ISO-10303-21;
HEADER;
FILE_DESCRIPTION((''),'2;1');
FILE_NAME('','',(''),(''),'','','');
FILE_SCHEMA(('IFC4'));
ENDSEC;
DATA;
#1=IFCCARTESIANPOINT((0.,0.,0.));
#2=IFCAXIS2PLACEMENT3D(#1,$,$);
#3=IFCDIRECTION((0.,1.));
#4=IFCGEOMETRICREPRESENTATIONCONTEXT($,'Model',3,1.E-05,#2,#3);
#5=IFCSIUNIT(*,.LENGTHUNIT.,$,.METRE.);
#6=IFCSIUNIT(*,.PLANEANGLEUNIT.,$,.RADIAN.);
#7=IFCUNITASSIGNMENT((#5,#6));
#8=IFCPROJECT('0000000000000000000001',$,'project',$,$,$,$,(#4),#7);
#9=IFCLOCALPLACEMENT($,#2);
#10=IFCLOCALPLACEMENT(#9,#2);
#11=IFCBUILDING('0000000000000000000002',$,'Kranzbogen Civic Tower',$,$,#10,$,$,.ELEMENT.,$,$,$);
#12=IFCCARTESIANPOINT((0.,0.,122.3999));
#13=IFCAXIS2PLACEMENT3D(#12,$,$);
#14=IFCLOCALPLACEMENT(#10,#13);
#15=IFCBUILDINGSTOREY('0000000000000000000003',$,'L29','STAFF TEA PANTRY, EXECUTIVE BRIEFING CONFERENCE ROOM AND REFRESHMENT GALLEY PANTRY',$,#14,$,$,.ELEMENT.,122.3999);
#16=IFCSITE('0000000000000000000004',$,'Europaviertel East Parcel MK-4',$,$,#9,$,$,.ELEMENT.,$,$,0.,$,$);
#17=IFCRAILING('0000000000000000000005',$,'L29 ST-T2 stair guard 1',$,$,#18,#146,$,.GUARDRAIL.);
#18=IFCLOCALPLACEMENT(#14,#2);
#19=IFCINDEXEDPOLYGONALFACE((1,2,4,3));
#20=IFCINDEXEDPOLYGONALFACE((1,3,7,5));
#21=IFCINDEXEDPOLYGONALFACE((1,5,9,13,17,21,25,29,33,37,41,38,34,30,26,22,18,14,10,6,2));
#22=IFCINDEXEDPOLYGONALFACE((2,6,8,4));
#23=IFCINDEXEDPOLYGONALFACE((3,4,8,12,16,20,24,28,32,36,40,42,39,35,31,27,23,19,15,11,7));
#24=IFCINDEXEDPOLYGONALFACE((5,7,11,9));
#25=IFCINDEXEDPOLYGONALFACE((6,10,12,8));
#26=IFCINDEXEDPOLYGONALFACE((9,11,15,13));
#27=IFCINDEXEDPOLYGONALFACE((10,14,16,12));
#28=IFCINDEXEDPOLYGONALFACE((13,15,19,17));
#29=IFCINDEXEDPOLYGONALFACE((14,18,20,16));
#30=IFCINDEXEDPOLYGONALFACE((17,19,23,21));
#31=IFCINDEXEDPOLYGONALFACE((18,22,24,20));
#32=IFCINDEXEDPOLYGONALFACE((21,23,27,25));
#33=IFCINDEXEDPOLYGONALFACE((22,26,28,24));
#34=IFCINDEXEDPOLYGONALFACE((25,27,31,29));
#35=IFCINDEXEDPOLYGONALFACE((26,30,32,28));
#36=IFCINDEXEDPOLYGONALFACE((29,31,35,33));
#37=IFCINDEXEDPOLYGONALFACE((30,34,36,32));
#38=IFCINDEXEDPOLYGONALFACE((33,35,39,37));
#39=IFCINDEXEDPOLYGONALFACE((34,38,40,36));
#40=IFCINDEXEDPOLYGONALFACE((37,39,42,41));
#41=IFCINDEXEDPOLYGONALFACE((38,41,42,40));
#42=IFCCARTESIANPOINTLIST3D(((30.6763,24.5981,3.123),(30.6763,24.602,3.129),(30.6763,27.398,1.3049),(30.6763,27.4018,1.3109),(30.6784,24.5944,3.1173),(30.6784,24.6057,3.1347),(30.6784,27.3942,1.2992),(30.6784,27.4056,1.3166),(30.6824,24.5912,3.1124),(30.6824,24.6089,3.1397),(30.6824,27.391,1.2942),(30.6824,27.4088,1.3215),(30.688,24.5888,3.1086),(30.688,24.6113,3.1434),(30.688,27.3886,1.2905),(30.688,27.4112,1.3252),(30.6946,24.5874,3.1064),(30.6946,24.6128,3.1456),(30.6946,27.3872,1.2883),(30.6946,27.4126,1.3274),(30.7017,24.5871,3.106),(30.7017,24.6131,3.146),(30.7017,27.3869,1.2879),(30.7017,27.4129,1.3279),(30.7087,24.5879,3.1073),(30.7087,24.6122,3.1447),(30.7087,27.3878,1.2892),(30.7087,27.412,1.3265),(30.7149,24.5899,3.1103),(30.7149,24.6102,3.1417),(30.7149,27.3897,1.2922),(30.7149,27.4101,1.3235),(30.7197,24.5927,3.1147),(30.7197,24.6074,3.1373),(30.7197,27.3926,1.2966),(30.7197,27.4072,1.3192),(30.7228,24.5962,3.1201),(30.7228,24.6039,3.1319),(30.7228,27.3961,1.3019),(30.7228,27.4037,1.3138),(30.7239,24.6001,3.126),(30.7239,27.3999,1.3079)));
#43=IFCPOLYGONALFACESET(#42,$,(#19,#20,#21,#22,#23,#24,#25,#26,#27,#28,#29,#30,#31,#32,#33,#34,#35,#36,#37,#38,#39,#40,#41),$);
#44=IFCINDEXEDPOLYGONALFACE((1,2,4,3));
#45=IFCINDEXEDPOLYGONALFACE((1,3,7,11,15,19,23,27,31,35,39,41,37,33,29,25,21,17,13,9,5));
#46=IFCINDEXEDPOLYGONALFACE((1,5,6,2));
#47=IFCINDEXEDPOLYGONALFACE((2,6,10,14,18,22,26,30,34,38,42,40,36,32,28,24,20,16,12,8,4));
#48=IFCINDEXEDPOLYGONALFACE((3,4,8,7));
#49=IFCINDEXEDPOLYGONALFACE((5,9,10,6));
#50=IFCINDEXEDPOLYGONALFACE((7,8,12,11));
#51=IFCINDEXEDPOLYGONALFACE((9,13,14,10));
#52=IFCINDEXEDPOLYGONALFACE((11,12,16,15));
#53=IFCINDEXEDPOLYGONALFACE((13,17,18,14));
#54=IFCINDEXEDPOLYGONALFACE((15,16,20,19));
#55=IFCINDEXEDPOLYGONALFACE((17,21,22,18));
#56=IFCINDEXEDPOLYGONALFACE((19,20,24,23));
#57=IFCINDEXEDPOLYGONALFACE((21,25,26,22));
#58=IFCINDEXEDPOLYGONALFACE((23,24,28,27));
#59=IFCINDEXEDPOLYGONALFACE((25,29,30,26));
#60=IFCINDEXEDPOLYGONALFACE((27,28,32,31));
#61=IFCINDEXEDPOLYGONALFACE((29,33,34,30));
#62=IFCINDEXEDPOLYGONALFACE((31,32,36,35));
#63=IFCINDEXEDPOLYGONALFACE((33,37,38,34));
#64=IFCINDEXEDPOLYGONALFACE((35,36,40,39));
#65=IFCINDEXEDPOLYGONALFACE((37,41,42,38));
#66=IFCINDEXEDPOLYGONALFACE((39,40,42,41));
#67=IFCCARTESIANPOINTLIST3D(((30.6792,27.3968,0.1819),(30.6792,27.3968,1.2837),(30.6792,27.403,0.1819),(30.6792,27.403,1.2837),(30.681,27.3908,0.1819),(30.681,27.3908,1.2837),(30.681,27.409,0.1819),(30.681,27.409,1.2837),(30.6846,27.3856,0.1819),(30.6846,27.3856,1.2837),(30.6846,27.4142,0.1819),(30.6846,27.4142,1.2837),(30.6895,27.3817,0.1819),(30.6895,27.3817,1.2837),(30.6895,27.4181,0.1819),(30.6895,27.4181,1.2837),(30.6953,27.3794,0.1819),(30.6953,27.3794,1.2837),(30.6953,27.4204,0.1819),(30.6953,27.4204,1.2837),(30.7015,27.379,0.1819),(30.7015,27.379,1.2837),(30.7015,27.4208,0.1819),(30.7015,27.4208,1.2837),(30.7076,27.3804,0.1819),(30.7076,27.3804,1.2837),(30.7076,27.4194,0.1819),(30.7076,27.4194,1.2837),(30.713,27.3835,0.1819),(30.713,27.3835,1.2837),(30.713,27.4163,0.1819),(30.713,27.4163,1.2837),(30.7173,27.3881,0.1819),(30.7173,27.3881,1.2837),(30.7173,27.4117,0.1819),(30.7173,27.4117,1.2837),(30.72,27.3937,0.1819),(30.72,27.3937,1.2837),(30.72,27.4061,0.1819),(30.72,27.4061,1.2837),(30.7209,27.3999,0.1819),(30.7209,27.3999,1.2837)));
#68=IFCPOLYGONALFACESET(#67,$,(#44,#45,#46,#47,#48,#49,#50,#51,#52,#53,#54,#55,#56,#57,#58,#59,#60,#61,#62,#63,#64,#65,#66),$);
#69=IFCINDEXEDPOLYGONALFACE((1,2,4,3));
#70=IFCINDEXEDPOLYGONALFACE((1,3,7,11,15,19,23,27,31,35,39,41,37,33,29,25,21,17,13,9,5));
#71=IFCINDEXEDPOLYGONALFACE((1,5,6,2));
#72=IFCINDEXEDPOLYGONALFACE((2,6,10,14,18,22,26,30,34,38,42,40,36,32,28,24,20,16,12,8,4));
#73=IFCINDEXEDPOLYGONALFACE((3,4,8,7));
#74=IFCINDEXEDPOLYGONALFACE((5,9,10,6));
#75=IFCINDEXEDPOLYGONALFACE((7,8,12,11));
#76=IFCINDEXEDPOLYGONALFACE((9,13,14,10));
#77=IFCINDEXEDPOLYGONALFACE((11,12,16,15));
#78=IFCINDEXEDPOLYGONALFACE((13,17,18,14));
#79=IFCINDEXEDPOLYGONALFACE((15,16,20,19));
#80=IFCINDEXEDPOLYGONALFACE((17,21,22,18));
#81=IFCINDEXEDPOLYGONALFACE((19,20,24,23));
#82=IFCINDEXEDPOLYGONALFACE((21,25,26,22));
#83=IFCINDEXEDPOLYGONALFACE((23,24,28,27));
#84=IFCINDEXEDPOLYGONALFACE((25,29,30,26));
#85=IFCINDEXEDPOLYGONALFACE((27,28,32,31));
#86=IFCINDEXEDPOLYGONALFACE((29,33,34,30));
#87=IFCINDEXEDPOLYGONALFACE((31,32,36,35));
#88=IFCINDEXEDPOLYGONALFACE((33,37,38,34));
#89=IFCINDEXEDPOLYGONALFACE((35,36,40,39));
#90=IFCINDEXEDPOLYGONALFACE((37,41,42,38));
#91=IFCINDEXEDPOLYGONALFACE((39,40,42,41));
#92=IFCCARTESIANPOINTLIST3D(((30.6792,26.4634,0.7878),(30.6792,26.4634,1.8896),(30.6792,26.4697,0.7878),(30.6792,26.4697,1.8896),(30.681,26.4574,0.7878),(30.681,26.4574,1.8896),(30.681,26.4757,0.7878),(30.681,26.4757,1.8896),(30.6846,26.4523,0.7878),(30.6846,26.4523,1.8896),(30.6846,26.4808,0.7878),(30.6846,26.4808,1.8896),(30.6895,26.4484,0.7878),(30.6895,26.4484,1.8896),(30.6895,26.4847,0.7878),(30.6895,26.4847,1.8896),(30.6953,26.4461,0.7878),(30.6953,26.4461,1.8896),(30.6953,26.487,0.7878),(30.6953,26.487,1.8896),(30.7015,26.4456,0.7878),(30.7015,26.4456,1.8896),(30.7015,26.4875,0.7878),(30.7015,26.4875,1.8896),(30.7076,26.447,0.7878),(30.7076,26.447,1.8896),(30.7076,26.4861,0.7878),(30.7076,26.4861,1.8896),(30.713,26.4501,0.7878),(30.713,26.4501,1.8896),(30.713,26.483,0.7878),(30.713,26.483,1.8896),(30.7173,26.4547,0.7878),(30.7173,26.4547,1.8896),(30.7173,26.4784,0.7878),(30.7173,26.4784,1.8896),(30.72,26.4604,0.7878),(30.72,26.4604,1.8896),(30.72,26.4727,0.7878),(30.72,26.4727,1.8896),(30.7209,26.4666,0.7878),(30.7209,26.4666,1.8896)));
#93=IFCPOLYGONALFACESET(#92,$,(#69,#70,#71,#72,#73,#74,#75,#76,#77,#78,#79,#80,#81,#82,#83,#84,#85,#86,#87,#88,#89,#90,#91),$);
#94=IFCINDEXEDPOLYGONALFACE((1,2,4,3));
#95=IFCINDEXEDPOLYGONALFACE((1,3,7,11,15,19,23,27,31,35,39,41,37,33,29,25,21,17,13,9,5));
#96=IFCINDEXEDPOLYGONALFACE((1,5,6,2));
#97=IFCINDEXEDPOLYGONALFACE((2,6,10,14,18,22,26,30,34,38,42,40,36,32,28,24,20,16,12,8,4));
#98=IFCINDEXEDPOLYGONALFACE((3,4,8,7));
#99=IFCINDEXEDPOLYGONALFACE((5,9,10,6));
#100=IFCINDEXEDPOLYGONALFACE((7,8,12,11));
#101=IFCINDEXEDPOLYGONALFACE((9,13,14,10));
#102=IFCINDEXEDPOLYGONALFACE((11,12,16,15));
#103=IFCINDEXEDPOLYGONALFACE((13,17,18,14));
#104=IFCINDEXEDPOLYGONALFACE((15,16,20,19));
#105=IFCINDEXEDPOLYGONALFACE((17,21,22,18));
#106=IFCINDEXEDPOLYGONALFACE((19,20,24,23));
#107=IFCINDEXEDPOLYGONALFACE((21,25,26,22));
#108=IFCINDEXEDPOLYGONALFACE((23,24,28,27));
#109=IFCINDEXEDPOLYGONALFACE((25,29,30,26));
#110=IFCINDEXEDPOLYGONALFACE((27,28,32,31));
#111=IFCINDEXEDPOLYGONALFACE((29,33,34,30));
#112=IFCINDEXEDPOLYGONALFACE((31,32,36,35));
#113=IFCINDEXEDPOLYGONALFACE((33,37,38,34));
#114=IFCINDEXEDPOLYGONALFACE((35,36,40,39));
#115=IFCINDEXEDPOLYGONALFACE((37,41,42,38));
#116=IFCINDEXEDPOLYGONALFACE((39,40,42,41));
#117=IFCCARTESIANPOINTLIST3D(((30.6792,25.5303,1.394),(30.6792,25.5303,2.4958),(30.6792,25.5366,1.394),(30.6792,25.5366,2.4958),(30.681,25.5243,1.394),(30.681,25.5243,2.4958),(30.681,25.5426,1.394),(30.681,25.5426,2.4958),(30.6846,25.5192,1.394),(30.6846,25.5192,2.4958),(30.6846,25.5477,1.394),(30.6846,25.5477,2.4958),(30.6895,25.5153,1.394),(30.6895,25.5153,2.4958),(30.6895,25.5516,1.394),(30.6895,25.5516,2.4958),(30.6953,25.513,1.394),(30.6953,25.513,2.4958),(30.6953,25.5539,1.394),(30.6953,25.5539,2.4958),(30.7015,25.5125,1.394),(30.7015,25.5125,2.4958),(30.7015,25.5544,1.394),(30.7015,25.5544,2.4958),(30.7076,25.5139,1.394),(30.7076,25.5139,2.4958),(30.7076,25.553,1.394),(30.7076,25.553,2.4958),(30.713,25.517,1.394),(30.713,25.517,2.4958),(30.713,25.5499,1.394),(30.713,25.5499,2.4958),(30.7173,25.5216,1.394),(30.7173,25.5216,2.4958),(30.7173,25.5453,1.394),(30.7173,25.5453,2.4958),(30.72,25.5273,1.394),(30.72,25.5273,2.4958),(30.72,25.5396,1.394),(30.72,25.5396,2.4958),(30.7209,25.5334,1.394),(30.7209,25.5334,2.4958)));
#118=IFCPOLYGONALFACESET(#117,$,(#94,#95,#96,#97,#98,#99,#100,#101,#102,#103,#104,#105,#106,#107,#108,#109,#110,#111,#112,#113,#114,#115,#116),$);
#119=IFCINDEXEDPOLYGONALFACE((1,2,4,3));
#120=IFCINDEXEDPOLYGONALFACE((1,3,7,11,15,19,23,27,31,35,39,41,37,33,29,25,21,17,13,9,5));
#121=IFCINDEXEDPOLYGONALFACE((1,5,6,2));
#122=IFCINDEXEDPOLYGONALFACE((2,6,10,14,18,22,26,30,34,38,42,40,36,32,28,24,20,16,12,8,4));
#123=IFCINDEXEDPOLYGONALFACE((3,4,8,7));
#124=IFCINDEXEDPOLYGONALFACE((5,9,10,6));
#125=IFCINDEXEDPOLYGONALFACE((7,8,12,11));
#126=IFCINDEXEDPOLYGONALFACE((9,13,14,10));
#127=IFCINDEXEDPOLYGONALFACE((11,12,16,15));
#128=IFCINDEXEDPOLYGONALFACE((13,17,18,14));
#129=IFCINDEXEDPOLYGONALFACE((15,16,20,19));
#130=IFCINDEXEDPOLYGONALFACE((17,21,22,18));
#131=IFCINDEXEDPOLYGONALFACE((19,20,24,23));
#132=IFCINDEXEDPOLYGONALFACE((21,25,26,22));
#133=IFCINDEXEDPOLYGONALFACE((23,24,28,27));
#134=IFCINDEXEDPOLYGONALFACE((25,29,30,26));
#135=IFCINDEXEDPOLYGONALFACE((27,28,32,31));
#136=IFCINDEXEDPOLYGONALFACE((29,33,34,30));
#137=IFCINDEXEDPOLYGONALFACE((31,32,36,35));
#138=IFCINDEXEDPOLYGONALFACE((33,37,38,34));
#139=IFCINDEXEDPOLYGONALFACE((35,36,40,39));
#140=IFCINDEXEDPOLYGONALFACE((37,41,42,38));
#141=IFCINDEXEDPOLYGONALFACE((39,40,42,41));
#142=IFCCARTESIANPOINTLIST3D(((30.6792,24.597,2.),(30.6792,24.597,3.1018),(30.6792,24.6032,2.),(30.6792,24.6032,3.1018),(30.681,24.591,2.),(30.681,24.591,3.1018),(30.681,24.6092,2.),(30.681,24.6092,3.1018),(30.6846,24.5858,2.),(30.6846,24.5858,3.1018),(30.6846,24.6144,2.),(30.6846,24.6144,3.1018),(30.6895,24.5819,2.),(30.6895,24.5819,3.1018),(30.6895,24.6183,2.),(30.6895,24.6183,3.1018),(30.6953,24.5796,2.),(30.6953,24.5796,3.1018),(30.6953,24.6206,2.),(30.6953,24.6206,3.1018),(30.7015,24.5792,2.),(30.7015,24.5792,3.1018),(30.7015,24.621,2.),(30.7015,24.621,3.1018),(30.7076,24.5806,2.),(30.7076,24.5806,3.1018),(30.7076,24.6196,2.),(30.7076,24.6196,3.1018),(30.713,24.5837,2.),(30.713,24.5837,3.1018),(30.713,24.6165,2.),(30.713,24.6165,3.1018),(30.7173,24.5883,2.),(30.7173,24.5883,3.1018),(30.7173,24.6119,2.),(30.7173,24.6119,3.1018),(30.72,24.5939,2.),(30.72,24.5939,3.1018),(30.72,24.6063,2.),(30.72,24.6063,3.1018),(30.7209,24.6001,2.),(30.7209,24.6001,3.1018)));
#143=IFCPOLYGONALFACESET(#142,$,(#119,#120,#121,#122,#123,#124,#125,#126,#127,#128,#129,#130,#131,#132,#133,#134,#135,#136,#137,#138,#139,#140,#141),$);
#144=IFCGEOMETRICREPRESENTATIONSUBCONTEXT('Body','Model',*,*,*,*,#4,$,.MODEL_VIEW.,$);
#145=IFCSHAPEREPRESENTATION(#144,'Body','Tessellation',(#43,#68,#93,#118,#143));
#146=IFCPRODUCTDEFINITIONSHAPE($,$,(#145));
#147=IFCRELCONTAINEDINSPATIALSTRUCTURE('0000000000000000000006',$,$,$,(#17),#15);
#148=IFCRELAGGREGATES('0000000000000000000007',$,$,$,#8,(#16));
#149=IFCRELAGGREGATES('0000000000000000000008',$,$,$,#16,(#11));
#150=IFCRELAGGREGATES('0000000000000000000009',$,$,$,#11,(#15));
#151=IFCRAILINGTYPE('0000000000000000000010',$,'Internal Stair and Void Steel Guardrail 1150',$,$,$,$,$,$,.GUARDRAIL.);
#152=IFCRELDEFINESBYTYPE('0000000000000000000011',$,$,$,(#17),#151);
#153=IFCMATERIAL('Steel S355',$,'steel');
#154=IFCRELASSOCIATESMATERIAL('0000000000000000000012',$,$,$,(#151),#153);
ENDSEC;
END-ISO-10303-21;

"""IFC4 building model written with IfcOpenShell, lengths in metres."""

from ifc_helpers import new_model, si_unit, direction, frame, origin, origin_2d, place, context, subcontext, project, spatial, circle, extrude, material, type_object, element, save


model = new_model("IFC4")

# Units and contexts
model_context = context("Model", 3, precision=1e-05, world=origin(), true_north=direction((0.0, 1.0)))
body_context = subcontext(model_context, "Body", "Model", "MODEL_VIEW")
ifc_project = project(units=[si_unit("LENGTHUNIT", "METRE"), si_unit("PLANEANGLEUNIT", "RADIAN")], contexts=[model_context])

# Site, building, storey
site_placement = place(None, origin())
site = spatial("IfcSite", under=ifc_project, at=site_placement, Name="Europaviertel East Parcel MK-4", CompositionType="ELEMENT", RefElevation=0.0)
building_placement = place(site_placement, origin())
building = spatial("IfcBuilding", under=site, at=building_placement, Name="Kranzbogen Civic Tower", CompositionType="ELEMENT")
storey_placement = place(building_placement, frame((0.0, 0.0, 122.3999)))
storey = spatial("IfcBuildingStorey", under=building, at=storey_placement, Name="L29", Description="STAFF TEA PANTRY, EXECUTIVE BRIEFING CONFERENCE ROOM AND REFRESHMENT GALLEY PANTRY", CompositionType="ELEMENT", Elevation=122.3999)

# Shared definitions
ifc_material_1 = material(Name="Steel S355", Category="steel")

# Railing
railing_type_1 = type_object("IfcRailingType", Name="Internal Stair and Void Steel Guardrail 1150", PredefinedType="GUARDRAIL", material=ifc_material_1)
railing_1_placement = place(storey_placement, frame((30.7, 27.3999, 0.1819)))
element("IfcRailing", 1, at=railing_1_placement, inside=storey, type_object=railing_type_1, Name="L29 ST-T2 stair guard 1", PredefinedType="GUARDRAIL", context=body_context, shape_type="SweptSolid", body=[
    extrude(circle(Radius=0.0239, at=origin_2d()), frame((0.0, 0.0, 1.126), z_axis=(0.0, -0.838684, 0.544618), x_axis=(1.0, 0.0, 0.0)), (0.0, 0.0, 1.0), 3.3384),
    extrude(circle(Radius=0.021, at=origin_2d()), origin(), (0.0, 0.0, 1.0), 1.1018),
    extrude(circle(Radius=0.021, at=origin_2d()), frame((0.0, -0.9333, 0.606)), (0.0, 0.0, 1.0), 1.1018),
    extrude(circle(Radius=0.021, at=origin_2d()), frame((0.0, -1.8665, 1.2122)), (0.0, 0.0, 1.0), 1.1018),
    extrude(circle(Radius=0.021, at=origin_2d()), frame((0.0, -2.7998, 1.8181)), (0.0, 0.0, 1.0), 1.1018),
])

save(model, "model.ifc")
